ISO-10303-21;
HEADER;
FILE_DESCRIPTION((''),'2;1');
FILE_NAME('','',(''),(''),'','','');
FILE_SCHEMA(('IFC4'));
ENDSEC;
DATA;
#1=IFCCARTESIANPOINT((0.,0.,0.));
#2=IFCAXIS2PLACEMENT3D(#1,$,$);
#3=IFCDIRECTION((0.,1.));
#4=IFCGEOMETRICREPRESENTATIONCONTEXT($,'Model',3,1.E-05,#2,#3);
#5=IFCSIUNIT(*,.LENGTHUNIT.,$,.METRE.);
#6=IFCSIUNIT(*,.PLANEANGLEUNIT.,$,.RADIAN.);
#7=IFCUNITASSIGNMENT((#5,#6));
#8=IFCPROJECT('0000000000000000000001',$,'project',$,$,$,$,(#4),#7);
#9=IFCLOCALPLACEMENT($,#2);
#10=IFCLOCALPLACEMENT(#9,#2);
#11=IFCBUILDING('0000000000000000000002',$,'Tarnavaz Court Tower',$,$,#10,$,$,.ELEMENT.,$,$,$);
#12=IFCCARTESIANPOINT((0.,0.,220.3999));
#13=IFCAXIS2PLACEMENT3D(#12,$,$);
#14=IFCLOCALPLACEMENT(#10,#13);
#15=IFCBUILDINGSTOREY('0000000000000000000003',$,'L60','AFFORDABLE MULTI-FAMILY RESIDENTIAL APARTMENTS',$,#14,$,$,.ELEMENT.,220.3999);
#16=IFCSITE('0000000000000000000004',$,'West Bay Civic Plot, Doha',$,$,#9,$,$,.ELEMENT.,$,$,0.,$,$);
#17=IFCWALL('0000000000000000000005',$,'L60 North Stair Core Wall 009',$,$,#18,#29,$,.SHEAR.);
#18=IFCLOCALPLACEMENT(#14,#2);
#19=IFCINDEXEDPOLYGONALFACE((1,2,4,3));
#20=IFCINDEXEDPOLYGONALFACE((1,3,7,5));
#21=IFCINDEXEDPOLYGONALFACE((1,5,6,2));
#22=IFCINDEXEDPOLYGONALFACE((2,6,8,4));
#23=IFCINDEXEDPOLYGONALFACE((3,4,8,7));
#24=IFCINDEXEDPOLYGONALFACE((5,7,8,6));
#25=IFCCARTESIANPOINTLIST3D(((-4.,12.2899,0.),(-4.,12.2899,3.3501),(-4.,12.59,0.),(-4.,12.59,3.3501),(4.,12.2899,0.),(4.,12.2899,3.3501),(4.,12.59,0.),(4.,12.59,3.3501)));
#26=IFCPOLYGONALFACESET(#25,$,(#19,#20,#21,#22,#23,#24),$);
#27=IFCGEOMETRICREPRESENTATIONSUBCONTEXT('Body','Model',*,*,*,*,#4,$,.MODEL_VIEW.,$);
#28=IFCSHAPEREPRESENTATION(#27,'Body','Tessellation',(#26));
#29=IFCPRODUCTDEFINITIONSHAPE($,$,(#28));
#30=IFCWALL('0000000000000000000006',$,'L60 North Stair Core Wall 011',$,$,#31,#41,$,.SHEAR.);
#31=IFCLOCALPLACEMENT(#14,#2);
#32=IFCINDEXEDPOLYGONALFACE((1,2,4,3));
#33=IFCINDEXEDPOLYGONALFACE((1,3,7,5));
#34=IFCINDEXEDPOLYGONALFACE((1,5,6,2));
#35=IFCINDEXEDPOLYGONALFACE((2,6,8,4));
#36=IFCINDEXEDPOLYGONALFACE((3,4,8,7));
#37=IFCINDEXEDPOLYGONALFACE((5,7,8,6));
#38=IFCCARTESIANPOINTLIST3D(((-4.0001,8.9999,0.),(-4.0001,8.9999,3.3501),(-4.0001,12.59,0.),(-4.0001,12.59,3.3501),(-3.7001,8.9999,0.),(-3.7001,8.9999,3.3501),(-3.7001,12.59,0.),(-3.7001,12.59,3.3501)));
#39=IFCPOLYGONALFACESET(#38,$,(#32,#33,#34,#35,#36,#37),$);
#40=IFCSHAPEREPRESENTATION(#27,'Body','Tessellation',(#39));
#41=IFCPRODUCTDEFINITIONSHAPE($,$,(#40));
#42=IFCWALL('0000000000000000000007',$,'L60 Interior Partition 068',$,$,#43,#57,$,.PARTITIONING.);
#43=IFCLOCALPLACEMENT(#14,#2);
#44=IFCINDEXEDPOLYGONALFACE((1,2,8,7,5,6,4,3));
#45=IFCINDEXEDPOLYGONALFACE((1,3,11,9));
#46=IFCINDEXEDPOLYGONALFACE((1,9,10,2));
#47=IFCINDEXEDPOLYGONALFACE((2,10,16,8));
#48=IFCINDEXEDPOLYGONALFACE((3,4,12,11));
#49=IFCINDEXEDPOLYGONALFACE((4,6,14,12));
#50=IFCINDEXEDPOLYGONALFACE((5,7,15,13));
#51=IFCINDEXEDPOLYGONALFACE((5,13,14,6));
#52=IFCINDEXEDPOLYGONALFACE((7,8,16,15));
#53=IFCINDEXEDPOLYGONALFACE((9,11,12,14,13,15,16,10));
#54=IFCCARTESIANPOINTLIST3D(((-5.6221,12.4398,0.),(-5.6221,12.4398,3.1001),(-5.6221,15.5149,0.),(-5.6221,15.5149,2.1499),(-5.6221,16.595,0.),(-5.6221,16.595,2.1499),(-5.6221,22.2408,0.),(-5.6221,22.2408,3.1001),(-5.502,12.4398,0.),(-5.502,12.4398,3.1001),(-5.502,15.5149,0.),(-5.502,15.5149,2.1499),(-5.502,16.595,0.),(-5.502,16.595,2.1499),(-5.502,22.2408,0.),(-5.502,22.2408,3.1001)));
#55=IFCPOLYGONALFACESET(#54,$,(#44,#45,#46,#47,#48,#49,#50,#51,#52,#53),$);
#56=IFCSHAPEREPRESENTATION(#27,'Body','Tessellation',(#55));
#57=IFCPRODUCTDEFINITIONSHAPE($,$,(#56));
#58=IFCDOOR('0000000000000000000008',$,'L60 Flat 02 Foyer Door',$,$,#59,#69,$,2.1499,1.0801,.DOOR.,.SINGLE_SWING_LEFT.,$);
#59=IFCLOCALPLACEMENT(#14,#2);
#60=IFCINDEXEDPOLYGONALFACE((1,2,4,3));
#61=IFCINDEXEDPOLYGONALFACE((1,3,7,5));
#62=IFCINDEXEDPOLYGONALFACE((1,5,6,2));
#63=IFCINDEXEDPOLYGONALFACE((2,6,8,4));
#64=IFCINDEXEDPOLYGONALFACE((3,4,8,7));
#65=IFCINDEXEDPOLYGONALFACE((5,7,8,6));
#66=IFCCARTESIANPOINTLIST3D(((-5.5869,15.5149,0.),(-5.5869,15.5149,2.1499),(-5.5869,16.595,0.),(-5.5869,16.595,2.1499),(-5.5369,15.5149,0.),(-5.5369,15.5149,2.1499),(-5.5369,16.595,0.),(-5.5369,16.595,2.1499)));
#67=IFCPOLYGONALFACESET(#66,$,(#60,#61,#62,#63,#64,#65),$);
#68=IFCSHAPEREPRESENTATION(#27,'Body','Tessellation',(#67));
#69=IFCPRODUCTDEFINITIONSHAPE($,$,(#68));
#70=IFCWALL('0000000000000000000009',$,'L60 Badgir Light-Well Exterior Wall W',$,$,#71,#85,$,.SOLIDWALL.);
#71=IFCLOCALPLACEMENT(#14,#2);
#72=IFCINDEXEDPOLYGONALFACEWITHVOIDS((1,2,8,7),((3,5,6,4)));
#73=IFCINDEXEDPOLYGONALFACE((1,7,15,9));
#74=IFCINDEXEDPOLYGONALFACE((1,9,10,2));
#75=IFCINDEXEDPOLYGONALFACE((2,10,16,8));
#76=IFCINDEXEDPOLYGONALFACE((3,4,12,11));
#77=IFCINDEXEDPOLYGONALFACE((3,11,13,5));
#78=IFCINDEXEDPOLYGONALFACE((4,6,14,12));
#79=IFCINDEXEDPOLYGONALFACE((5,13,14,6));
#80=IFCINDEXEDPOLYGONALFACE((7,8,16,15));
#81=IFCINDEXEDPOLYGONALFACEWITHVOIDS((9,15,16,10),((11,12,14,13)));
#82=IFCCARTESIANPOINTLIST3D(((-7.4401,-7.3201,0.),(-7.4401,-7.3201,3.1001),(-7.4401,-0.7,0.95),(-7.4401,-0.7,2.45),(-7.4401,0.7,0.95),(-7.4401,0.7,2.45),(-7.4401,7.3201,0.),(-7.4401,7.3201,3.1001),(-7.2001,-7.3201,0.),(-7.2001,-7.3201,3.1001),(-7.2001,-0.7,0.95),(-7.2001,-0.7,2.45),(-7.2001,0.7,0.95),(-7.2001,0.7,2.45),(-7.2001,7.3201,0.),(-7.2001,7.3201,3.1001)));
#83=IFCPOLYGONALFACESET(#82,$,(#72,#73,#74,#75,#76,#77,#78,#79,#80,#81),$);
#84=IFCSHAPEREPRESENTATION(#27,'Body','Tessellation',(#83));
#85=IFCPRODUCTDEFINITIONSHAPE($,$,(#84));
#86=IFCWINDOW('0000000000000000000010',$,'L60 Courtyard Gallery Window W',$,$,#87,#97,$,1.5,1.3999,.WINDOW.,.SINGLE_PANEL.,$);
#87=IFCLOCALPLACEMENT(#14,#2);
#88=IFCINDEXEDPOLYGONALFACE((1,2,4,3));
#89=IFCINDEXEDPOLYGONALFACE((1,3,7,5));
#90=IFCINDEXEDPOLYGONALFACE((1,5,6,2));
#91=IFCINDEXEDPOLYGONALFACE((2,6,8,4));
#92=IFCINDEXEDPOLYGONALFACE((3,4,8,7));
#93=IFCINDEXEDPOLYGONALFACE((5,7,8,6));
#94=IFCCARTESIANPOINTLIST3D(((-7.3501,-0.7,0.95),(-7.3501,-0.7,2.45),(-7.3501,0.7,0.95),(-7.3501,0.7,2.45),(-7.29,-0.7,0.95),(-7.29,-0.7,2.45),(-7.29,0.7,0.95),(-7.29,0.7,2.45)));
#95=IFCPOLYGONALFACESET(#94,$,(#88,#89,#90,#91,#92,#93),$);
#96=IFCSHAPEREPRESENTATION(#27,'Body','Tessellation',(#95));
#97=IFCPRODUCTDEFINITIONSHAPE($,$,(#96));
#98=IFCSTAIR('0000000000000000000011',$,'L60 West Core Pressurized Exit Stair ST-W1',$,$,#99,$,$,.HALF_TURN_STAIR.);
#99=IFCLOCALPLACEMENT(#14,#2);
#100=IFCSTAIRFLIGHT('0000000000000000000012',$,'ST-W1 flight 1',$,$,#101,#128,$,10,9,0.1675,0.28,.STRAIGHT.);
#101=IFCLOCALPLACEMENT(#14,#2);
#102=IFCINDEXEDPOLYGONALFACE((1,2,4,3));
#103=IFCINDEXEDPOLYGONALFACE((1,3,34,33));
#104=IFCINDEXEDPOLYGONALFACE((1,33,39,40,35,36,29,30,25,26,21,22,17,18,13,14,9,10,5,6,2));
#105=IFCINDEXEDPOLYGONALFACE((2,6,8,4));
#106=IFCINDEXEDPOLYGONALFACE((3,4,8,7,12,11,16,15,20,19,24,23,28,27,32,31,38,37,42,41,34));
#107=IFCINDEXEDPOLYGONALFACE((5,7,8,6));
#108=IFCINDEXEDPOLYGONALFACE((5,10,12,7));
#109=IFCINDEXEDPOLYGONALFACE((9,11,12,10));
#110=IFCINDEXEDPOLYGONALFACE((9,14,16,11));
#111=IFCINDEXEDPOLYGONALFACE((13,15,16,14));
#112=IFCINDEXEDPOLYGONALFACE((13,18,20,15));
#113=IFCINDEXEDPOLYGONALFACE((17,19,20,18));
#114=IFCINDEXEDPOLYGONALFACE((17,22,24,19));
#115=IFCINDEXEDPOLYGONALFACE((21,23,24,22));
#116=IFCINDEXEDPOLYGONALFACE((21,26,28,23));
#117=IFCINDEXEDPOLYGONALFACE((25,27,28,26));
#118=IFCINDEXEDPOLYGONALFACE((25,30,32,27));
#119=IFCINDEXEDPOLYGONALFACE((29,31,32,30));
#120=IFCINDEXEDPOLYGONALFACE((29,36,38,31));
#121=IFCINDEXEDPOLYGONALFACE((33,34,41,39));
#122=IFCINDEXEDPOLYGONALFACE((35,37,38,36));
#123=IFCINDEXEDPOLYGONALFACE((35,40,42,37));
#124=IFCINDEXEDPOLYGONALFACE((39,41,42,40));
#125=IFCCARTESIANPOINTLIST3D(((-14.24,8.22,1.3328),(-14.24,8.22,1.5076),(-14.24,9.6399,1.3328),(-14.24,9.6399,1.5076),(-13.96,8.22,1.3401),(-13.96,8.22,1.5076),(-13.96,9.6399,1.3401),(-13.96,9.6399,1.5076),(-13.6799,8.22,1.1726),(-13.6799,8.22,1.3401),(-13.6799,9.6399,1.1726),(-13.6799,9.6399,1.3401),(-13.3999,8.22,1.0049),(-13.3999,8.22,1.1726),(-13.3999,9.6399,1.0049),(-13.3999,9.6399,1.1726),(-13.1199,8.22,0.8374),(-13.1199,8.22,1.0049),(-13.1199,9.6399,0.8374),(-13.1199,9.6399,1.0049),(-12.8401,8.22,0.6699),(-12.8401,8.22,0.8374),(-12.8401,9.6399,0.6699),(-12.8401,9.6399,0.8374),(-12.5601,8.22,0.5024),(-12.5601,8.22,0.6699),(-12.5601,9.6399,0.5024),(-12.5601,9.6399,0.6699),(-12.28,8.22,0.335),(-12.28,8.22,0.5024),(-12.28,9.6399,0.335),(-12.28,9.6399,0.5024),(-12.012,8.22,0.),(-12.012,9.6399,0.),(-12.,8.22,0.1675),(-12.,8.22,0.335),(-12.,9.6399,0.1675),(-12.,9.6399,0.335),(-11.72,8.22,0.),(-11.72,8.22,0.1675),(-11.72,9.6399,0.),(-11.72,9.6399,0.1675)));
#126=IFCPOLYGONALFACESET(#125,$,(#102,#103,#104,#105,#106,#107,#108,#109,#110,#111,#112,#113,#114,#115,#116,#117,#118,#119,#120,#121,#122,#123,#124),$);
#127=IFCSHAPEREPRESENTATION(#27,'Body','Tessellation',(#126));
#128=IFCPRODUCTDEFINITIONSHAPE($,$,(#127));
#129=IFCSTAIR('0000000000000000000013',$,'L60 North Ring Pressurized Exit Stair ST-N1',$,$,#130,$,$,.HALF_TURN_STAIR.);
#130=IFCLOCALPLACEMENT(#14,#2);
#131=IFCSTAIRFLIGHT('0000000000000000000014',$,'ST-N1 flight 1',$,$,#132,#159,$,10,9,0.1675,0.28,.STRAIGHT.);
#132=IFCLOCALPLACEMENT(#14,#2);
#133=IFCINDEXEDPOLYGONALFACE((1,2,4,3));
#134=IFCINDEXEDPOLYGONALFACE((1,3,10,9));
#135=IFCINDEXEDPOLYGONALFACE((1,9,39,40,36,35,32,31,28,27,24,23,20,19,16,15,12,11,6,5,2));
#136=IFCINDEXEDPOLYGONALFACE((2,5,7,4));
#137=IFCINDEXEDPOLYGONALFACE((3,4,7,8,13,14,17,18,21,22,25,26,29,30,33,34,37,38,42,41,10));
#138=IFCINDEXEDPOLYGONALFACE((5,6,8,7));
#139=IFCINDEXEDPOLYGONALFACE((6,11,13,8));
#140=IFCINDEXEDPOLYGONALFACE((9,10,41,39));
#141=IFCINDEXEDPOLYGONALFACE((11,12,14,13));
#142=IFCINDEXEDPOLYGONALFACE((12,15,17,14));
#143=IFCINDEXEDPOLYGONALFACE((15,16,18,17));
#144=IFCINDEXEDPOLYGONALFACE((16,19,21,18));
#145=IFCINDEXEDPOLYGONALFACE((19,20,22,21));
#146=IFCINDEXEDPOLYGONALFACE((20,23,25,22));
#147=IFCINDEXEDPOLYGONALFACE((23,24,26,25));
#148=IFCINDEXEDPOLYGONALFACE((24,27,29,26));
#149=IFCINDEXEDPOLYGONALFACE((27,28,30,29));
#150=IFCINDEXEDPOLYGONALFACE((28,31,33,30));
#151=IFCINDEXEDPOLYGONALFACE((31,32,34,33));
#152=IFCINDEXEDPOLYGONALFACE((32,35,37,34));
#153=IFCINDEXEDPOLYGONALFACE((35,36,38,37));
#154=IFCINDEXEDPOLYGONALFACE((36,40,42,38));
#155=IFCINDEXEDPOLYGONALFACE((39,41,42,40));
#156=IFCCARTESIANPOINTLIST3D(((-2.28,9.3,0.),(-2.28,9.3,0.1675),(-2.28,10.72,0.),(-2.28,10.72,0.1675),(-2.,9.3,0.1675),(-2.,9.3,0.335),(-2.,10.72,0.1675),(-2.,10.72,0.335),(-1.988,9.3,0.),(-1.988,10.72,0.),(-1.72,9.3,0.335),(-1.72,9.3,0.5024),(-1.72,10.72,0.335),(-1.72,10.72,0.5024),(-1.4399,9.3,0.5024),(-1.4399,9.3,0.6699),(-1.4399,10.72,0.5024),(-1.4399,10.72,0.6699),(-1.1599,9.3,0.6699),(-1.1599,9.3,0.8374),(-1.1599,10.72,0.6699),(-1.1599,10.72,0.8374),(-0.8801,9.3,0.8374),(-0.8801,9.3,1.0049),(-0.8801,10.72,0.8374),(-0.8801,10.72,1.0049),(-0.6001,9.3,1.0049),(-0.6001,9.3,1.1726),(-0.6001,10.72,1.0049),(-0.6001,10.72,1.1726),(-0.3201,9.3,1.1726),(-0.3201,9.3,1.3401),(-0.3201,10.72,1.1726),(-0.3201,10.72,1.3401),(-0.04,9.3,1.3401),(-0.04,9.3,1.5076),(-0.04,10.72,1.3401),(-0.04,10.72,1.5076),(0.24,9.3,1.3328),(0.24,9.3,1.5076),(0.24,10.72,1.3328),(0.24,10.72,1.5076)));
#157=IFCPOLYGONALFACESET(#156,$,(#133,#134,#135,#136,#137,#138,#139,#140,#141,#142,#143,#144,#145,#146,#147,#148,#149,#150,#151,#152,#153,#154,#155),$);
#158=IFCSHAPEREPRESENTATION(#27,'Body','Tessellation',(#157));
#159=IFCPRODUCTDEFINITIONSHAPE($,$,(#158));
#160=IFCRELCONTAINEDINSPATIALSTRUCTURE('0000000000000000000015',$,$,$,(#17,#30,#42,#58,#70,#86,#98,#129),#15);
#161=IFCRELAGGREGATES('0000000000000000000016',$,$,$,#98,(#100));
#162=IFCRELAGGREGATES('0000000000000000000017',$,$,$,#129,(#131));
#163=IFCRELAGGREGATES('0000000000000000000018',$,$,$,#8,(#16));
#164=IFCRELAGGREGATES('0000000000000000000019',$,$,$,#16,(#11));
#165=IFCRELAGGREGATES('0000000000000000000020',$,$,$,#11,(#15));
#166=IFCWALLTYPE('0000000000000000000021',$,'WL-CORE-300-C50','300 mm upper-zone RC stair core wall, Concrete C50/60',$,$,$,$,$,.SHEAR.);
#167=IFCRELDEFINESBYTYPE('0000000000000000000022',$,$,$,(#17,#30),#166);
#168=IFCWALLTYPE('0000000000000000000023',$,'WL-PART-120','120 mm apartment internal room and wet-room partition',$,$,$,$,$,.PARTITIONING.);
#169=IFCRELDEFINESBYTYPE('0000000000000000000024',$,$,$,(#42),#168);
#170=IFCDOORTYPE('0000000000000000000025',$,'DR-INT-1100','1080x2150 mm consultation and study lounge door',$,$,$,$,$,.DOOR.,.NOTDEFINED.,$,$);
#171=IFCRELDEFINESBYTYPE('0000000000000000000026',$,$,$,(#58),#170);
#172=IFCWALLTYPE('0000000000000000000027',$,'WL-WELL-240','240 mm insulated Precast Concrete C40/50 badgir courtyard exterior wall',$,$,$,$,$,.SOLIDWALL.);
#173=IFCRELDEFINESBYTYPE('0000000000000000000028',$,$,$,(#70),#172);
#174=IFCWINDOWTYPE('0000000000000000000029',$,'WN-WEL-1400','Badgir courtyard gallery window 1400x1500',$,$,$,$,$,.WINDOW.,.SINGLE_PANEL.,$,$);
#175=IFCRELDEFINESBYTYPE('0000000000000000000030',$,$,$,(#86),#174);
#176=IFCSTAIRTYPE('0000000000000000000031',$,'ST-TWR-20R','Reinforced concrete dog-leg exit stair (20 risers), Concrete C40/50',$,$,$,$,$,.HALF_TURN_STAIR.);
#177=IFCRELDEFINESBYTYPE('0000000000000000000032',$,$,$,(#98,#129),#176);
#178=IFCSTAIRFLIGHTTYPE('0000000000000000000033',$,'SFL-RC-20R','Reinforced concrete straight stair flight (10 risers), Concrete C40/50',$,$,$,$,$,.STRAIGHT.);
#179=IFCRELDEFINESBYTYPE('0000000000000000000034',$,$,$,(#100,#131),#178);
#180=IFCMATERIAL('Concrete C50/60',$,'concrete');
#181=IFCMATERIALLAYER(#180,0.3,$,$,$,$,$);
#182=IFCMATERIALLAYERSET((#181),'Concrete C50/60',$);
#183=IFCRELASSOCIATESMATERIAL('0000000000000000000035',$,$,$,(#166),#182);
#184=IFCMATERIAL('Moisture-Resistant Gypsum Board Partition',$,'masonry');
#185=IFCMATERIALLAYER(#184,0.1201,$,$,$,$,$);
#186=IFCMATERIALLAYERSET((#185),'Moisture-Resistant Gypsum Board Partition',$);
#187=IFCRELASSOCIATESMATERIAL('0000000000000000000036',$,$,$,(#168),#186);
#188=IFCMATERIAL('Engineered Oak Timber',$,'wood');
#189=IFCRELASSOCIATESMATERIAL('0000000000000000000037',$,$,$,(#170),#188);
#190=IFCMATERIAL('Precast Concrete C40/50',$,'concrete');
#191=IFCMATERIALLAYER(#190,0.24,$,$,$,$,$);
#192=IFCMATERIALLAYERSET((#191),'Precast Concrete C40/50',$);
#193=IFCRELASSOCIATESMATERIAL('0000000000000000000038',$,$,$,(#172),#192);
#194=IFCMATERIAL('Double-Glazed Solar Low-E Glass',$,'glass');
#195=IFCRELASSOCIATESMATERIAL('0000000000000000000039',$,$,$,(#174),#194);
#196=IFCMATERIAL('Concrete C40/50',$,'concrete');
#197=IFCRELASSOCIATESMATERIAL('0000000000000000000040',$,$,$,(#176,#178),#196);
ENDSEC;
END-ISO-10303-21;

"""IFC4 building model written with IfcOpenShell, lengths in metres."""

from ifc_helpers import new_model, si_unit, direction, frame, frame_2d, origin, place, context, subcontext, project, spatial, polyline, rectangle, outline, extrude, material, layer, layer_set, type_object, element, fill, aggregate, save


model = new_model("IFC4")

# Units and contexts
model_context = context("Model", 3, precision=1e-05, world=origin(), true_north=direction((0.0, 1.0)))
body_context = subcontext(model_context, "Body", "Model", "MODEL_VIEW")
ifc_project = project(units=[si_unit("LENGTHUNIT", "METRE"), si_unit("PLANEANGLEUNIT", "RADIAN")], contexts=[model_context])

# Site, building, storey
site_placement = place(None, origin())
site = spatial("IfcSite", under=ifc_project, at=site_placement, Name="West Bay Civic Plot, Doha", CompositionType="ELEMENT", RefElevation=0.0)
building_placement = place(site_placement, origin())
building = spatial("IfcBuilding", under=site, at=building_placement, Name="Tarnavaz Court Tower", CompositionType="ELEMENT")
storey_placement = place(building_placement, frame((0.0, 0.0, 220.3999)))
storey = spatial("IfcBuildingStorey", under=building, at=storey_placement, Name="L60", Description="AFFORDABLE MULTI-FAMILY RESIDENTIAL APARTMENTS", CompositionType="ELEMENT", Elevation=220.3999)

# Shared definitions
ifc_material_1 = material(Name="Concrete C50/60", Category="concrete")

# Wall
ifc_layer_1 = layer(ifc_material_1, 0.3)
ifc_layer_set_1 = layer_set([ifc_layer_1], Name="Concrete C50/60")
wall_type_1 = type_object("IfcWallType", Name="WL-CORE-300-C50", Description="300 mm upper-zone RC stair core wall, Concrete C50/60", PredefinedType="SHEAR", material=ifc_layer_set_1)
wall_1_placement = place(storey_placement, frame((-4.0, 12.4399, 0.0), z_axis=(0.0, 0.0, 1.0), x_axis=(1.0, 0.0, 0.0)))
element("IfcWall", 1, at=wall_1_placement, inside=storey, type_object=wall_type_1, Name="L60 North Stair Core Wall 009", PredefinedType="SHEAR", context=body_context, shape_type="SweptSolid", body=[
    extrude(rectangle(XDim=8.0, YDim=0.3, at=frame_2d((4.0, 0.0))), origin(), (0.0, 0.0, 1.0), 3.3501),
])

# Wall
wall_2_placement = place(storey_placement, frame((-3.8501, 9.0, 0.0), z_axis=(0.0, 0.0, 1.0), x_axis=(0.0, 1.0, 0.0)))
element("IfcWall", 2, at=wall_2_placement, inside=storey, type_object=wall_type_1, Name="L60 North Stair Core Wall 011", PredefinedType="SHEAR", context=body_context, shape_type="SweptSolid", body=[
    extrude(rectangle(XDim=3.5901, YDim=0.3, at=frame_2d((1.7949, 0.0))), origin(), (0.0, 0.0, 1.0), 3.3501),
])

# Wall, opening, door
ifc_material_2 = material(Name="Moisture-Resistant Gypsum Board Partition", Category="masonry")
ifc_layer_2 = layer(ifc_material_2, 0.1201)
ifc_layer_set_2 = layer_set([ifc_layer_2], Name="Moisture-Resistant Gypsum Board Partition")
wall_type_2 = type_object("IfcWallType", Name="WL-PART-120", Description="120 mm apartment internal room and wet-room partition", PredefinedType="PARTITIONING", material=ifc_layer_set_2)
wall_3_placement = place(storey_placement, frame((-5.562, 12.4399, 0.0), z_axis=(0.0, 0.0, 1.0), x_axis=(0.0, 1.0, 0.0)))
wall_3 = element("IfcWall", 3, at=wall_3_placement, inside=storey, type_object=wall_type_2, Name="L60 Interior Partition 068", PredefinedType="PARTITIONING", context=body_context, shape_type="SweptSolid", body=[
    extrude(rectangle(XDim=9.801, YDim=0.1201, at=frame_2d((4.9004, 0.0))), origin(), (0.0, 0.0, 1.0), 3.1001),
])
opening_1_placement = place(wall_3_placement, frame((3.075, 0.0, 0.0)))
opening_1 = element("IfcOpeningElement", 4, at=opening_1_placement, cuts=wall_3, PredefinedType="OPENING", context=body_context, shape_type="SweptSolid", body=[
    extrude(rectangle(XDim=1.0801, YDim=2.1499, at=frame_2d((0.54, 1.075))), frame((0.0, 0.0701, 0.0), z_axis=(0.0, -1.0, 0.0), x_axis=(1.0, 0.0, 0.0)), (0.0, 0.0, 1.0), 0.1401),
])
ifc_material_3 = material(Name="Engineered Oak Timber", Category="wood")
door_type_1 = type_object("IfcDoorType", Name="DR-INT-1100", Description="1080x2150 mm consultation and study lounge door", OperationType="NOTDEFINED", PredefinedType="DOOR", material=ifc_material_3)
door_1_placement = place(opening_1_placement, origin())
door_1 = element("IfcDoor", 5, at=door_1_placement, inside=storey, type_object=door_type_1, Name="L60 Flat 02 Foyer Door", OperationType="SINGLE_SWING_LEFT", OverallHeight=2.1499, OverallWidth=1.0801, PredefinedType="DOOR", context=body_context, shape_type="SweptSolid", body=[
    extrude(rectangle(XDim=1.0801, YDim=2.1499, at=frame_2d((0.54, 1.075))), frame((0.0, 0.0249, 0.0), z_axis=(0.0, -1.0, 0.0), x_axis=(1.0, 0.0, 0.0)), (0.0, 0.0, 1.0), 0.05),
])
fill(opening_1, door_1)

# Wall, opening, window
ifc_material_4 = material(Name="Precast Concrete C40/50", Category="concrete")
ifc_layer_3 = layer(ifc_material_4, 0.24)
ifc_layer_set_3 = layer_set([ifc_layer_3], Name="Precast Concrete C40/50")
wall_type_3 = type_object("IfcWallType", Name="WL-WELL-240", Description="240 mm insulated Precast Concrete C40/50 badgir courtyard exterior wall", PredefinedType="SOLIDWALL", material=ifc_layer_set_3)
wall_4_placement = place(storey_placement, frame((-7.3201, 7.3201, 0.0), z_axis=(0.0, 0.0, 1.0), x_axis=(0.0, -1.0, 0.0)))
wall_4 = element("IfcWall", 6, at=wall_4_placement, inside=storey, type_object=wall_type_3, Name="L60 Badgir Light-Well Exterior Wall W", PredefinedType="SOLIDWALL", context=body_context, shape_type="SweptSolid", body=[
    extrude(rectangle(XDim=14.6401, YDim=0.24, at=frame_2d((7.3201, 0.0))), origin(), (0.0, 0.0, 1.0), 3.1001),
])
opening_2_placement = place(wall_4_placement, frame((6.6201, 0.0, 0.95)))
opening_2 = element("IfcOpeningElement", 7, at=opening_2_placement, cuts=wall_4, PredefinedType="OPENING", context=body_context, shape_type="SweptSolid", body=[
    extrude(rectangle(XDim=1.3999, YDim=1.5, at=frame_2d((0.7, 0.75))), frame((0.0, 0.1299, 0.0), z_axis=(0.0, -1.0, 0.0), x_axis=(1.0, 0.0, 0.0)), (0.0, 0.0, 1.0), 0.26),
])
ifc_material_5 = material(Name="Double-Glazed Solar Low-E Glass", Category="glass")
window_type = type_object("IfcWindowType", Name="WN-WEL-1400", Description="Badgir courtyard gallery window 1400x1500", PartitioningType="SINGLE_PANEL", PredefinedType="WINDOW", material=ifc_material_5)
window_placement = place(opening_2_placement, origin())
window = element("IfcWindow", 8, at=window_placement, inside=storey, type_object=window_type, Name="L60 Courtyard Gallery Window W", OverallHeight=1.5, OverallWidth=1.3999, PartitioningType="SINGLE_PANEL", PredefinedType="WINDOW", context=body_context, shape_type="SweptSolid", body=[
    extrude(rectangle(XDim=1.3999, YDim=1.5, at=frame_2d((0.7, 0.75))), frame((0.0, 0.03, 0.0), z_axis=(0.0, -1.0, 0.0), x_axis=(1.0, 0.0, 0.0)), (0.0, 0.0, 1.0), 0.0601),
])
fill(opening_2, window)

# Stairs, stair flights
ifc_material_6 = material(Name="Concrete C40/50", Category="concrete")
stair_type = type_object("IfcStairType", Name="ST-TWR-20R", Description="Reinforced concrete dog-leg exit stair (20 risers), Concrete C40/50", PredefinedType="HALF_TURN_STAIR", material=ifc_material_6)
stair_1_placement = place(storey_placement, origin())
stair_1 = element("IfcStair", 9, at=stair_1_placement, inside=storey, type_object=stair_type, Name="L60 West Core Pressurized Exit Stair ST-W1", PredefinedType="HALF_TURN_STAIR")
stair_flight_type = type_object("IfcStairFlightType", Name="SFL-RC-20R", Description="Reinforced concrete straight stair flight (10 risers), Concrete C40/50", PredefinedType="STRAIGHT", material=ifc_material_6)
stair_flight_1_placement = place(storey_placement, frame((-11.72, 8.9299, 0.0), z_axis=(0.0, 0.0, 1.0), x_axis=(-1.0, 0.0, 0.0)))
stair_flight_1 = element("IfcStairFlight", 10, at=stair_flight_1_placement, type_object=stair_flight_type, Name="ST-W1 flight 1", NumberOfRisers=10, NumberOfTreads=9, PredefinedType="STRAIGHT", RiserHeight=0.1675, TreadLength=0.28, context=body_context, shape_type="SweptSolid", body=[
    extrude(outline(polyline([(0.0, 0.0), (0.0, 0.1675), (0.28, 0.1675), (0.28, 0.335), (0.5601, 0.335), (0.5601, 0.5024), (0.8401, 0.5024), (0.8401, 0.6699), (1.1201, 0.6699), (1.1201, 0.8374), (1.3999, 0.8374), (1.3999, 1.0049), (1.6799, 1.0049), (1.6799, 1.1726), (1.96, 1.1726), (1.96, 1.3401), (2.24, 1.3401), (2.24, 1.5076), (2.52, 1.5076), (2.52, 1.675), (2.52, 1.3328), (0.292, 0.0), (0.0, 0.0)])), frame((0.0, 0.71, 0.0), z_axis=(0.0, -1.0, 0.0), x_axis=(1.0, 0.0, 0.0)), (0.0, 0.0, 1.0), 1.4199),
])
aggregate(stair_1, [stair_flight_1])
stair_2_placement = place(storey_placement, origin())
stair_2 = element("IfcStair", 11, at=stair_2_placement, inside=storey, type_object=stair_type, Name="L60 North Ring Pressurized Exit Stair ST-N1", PredefinedType="HALF_TURN_STAIR")
stair_flight_2_placement = place(storey_placement, frame((-2.28, 10.01, 0.0), z_axis=(0.0, 0.0, 1.0), x_axis=(1.0, 0.0, 0.0)))
stair_flight_2 = element("IfcStairFlight", 12, at=stair_flight_2_placement, type_object=stair_flight_type, Name="ST-N1 flight 1", NumberOfRisers=10, NumberOfTreads=9, PredefinedType="STRAIGHT", RiserHeight=0.1675, TreadLength=0.28, context=body_context, shape_type="SweptSolid", body=[
    extrude(outline(polyline([(0.0, 0.0), (0.0, 0.1675), (0.28, 0.1675), (0.28, 0.335), (0.5601, 0.335), (0.5601, 0.5024), (0.8401, 0.5024), (0.8401, 0.6699), (1.1201, 0.6699), (1.1201, 0.8374), (1.3999, 0.8374), (1.3999, 1.0049), (1.6799, 1.0049), (1.6799, 1.1726), (1.96, 1.1726), (1.96, 1.3401), (2.24, 1.3401), (2.24, 1.5076), (2.52, 1.5076), (2.52, 1.675), (2.52, 1.3328), (0.292, 0.0), (0.0, 0.0)])), frame((0.0, 0.71, 0.0), z_axis=(0.0, -1.0, 0.0), x_axis=(1.0, 0.0, 0.0)), (0.0, 0.0, 1.0), 1.4199),
])
aggregate(stair_2, [stair_flight_2])

save(model, "model.ifc")
